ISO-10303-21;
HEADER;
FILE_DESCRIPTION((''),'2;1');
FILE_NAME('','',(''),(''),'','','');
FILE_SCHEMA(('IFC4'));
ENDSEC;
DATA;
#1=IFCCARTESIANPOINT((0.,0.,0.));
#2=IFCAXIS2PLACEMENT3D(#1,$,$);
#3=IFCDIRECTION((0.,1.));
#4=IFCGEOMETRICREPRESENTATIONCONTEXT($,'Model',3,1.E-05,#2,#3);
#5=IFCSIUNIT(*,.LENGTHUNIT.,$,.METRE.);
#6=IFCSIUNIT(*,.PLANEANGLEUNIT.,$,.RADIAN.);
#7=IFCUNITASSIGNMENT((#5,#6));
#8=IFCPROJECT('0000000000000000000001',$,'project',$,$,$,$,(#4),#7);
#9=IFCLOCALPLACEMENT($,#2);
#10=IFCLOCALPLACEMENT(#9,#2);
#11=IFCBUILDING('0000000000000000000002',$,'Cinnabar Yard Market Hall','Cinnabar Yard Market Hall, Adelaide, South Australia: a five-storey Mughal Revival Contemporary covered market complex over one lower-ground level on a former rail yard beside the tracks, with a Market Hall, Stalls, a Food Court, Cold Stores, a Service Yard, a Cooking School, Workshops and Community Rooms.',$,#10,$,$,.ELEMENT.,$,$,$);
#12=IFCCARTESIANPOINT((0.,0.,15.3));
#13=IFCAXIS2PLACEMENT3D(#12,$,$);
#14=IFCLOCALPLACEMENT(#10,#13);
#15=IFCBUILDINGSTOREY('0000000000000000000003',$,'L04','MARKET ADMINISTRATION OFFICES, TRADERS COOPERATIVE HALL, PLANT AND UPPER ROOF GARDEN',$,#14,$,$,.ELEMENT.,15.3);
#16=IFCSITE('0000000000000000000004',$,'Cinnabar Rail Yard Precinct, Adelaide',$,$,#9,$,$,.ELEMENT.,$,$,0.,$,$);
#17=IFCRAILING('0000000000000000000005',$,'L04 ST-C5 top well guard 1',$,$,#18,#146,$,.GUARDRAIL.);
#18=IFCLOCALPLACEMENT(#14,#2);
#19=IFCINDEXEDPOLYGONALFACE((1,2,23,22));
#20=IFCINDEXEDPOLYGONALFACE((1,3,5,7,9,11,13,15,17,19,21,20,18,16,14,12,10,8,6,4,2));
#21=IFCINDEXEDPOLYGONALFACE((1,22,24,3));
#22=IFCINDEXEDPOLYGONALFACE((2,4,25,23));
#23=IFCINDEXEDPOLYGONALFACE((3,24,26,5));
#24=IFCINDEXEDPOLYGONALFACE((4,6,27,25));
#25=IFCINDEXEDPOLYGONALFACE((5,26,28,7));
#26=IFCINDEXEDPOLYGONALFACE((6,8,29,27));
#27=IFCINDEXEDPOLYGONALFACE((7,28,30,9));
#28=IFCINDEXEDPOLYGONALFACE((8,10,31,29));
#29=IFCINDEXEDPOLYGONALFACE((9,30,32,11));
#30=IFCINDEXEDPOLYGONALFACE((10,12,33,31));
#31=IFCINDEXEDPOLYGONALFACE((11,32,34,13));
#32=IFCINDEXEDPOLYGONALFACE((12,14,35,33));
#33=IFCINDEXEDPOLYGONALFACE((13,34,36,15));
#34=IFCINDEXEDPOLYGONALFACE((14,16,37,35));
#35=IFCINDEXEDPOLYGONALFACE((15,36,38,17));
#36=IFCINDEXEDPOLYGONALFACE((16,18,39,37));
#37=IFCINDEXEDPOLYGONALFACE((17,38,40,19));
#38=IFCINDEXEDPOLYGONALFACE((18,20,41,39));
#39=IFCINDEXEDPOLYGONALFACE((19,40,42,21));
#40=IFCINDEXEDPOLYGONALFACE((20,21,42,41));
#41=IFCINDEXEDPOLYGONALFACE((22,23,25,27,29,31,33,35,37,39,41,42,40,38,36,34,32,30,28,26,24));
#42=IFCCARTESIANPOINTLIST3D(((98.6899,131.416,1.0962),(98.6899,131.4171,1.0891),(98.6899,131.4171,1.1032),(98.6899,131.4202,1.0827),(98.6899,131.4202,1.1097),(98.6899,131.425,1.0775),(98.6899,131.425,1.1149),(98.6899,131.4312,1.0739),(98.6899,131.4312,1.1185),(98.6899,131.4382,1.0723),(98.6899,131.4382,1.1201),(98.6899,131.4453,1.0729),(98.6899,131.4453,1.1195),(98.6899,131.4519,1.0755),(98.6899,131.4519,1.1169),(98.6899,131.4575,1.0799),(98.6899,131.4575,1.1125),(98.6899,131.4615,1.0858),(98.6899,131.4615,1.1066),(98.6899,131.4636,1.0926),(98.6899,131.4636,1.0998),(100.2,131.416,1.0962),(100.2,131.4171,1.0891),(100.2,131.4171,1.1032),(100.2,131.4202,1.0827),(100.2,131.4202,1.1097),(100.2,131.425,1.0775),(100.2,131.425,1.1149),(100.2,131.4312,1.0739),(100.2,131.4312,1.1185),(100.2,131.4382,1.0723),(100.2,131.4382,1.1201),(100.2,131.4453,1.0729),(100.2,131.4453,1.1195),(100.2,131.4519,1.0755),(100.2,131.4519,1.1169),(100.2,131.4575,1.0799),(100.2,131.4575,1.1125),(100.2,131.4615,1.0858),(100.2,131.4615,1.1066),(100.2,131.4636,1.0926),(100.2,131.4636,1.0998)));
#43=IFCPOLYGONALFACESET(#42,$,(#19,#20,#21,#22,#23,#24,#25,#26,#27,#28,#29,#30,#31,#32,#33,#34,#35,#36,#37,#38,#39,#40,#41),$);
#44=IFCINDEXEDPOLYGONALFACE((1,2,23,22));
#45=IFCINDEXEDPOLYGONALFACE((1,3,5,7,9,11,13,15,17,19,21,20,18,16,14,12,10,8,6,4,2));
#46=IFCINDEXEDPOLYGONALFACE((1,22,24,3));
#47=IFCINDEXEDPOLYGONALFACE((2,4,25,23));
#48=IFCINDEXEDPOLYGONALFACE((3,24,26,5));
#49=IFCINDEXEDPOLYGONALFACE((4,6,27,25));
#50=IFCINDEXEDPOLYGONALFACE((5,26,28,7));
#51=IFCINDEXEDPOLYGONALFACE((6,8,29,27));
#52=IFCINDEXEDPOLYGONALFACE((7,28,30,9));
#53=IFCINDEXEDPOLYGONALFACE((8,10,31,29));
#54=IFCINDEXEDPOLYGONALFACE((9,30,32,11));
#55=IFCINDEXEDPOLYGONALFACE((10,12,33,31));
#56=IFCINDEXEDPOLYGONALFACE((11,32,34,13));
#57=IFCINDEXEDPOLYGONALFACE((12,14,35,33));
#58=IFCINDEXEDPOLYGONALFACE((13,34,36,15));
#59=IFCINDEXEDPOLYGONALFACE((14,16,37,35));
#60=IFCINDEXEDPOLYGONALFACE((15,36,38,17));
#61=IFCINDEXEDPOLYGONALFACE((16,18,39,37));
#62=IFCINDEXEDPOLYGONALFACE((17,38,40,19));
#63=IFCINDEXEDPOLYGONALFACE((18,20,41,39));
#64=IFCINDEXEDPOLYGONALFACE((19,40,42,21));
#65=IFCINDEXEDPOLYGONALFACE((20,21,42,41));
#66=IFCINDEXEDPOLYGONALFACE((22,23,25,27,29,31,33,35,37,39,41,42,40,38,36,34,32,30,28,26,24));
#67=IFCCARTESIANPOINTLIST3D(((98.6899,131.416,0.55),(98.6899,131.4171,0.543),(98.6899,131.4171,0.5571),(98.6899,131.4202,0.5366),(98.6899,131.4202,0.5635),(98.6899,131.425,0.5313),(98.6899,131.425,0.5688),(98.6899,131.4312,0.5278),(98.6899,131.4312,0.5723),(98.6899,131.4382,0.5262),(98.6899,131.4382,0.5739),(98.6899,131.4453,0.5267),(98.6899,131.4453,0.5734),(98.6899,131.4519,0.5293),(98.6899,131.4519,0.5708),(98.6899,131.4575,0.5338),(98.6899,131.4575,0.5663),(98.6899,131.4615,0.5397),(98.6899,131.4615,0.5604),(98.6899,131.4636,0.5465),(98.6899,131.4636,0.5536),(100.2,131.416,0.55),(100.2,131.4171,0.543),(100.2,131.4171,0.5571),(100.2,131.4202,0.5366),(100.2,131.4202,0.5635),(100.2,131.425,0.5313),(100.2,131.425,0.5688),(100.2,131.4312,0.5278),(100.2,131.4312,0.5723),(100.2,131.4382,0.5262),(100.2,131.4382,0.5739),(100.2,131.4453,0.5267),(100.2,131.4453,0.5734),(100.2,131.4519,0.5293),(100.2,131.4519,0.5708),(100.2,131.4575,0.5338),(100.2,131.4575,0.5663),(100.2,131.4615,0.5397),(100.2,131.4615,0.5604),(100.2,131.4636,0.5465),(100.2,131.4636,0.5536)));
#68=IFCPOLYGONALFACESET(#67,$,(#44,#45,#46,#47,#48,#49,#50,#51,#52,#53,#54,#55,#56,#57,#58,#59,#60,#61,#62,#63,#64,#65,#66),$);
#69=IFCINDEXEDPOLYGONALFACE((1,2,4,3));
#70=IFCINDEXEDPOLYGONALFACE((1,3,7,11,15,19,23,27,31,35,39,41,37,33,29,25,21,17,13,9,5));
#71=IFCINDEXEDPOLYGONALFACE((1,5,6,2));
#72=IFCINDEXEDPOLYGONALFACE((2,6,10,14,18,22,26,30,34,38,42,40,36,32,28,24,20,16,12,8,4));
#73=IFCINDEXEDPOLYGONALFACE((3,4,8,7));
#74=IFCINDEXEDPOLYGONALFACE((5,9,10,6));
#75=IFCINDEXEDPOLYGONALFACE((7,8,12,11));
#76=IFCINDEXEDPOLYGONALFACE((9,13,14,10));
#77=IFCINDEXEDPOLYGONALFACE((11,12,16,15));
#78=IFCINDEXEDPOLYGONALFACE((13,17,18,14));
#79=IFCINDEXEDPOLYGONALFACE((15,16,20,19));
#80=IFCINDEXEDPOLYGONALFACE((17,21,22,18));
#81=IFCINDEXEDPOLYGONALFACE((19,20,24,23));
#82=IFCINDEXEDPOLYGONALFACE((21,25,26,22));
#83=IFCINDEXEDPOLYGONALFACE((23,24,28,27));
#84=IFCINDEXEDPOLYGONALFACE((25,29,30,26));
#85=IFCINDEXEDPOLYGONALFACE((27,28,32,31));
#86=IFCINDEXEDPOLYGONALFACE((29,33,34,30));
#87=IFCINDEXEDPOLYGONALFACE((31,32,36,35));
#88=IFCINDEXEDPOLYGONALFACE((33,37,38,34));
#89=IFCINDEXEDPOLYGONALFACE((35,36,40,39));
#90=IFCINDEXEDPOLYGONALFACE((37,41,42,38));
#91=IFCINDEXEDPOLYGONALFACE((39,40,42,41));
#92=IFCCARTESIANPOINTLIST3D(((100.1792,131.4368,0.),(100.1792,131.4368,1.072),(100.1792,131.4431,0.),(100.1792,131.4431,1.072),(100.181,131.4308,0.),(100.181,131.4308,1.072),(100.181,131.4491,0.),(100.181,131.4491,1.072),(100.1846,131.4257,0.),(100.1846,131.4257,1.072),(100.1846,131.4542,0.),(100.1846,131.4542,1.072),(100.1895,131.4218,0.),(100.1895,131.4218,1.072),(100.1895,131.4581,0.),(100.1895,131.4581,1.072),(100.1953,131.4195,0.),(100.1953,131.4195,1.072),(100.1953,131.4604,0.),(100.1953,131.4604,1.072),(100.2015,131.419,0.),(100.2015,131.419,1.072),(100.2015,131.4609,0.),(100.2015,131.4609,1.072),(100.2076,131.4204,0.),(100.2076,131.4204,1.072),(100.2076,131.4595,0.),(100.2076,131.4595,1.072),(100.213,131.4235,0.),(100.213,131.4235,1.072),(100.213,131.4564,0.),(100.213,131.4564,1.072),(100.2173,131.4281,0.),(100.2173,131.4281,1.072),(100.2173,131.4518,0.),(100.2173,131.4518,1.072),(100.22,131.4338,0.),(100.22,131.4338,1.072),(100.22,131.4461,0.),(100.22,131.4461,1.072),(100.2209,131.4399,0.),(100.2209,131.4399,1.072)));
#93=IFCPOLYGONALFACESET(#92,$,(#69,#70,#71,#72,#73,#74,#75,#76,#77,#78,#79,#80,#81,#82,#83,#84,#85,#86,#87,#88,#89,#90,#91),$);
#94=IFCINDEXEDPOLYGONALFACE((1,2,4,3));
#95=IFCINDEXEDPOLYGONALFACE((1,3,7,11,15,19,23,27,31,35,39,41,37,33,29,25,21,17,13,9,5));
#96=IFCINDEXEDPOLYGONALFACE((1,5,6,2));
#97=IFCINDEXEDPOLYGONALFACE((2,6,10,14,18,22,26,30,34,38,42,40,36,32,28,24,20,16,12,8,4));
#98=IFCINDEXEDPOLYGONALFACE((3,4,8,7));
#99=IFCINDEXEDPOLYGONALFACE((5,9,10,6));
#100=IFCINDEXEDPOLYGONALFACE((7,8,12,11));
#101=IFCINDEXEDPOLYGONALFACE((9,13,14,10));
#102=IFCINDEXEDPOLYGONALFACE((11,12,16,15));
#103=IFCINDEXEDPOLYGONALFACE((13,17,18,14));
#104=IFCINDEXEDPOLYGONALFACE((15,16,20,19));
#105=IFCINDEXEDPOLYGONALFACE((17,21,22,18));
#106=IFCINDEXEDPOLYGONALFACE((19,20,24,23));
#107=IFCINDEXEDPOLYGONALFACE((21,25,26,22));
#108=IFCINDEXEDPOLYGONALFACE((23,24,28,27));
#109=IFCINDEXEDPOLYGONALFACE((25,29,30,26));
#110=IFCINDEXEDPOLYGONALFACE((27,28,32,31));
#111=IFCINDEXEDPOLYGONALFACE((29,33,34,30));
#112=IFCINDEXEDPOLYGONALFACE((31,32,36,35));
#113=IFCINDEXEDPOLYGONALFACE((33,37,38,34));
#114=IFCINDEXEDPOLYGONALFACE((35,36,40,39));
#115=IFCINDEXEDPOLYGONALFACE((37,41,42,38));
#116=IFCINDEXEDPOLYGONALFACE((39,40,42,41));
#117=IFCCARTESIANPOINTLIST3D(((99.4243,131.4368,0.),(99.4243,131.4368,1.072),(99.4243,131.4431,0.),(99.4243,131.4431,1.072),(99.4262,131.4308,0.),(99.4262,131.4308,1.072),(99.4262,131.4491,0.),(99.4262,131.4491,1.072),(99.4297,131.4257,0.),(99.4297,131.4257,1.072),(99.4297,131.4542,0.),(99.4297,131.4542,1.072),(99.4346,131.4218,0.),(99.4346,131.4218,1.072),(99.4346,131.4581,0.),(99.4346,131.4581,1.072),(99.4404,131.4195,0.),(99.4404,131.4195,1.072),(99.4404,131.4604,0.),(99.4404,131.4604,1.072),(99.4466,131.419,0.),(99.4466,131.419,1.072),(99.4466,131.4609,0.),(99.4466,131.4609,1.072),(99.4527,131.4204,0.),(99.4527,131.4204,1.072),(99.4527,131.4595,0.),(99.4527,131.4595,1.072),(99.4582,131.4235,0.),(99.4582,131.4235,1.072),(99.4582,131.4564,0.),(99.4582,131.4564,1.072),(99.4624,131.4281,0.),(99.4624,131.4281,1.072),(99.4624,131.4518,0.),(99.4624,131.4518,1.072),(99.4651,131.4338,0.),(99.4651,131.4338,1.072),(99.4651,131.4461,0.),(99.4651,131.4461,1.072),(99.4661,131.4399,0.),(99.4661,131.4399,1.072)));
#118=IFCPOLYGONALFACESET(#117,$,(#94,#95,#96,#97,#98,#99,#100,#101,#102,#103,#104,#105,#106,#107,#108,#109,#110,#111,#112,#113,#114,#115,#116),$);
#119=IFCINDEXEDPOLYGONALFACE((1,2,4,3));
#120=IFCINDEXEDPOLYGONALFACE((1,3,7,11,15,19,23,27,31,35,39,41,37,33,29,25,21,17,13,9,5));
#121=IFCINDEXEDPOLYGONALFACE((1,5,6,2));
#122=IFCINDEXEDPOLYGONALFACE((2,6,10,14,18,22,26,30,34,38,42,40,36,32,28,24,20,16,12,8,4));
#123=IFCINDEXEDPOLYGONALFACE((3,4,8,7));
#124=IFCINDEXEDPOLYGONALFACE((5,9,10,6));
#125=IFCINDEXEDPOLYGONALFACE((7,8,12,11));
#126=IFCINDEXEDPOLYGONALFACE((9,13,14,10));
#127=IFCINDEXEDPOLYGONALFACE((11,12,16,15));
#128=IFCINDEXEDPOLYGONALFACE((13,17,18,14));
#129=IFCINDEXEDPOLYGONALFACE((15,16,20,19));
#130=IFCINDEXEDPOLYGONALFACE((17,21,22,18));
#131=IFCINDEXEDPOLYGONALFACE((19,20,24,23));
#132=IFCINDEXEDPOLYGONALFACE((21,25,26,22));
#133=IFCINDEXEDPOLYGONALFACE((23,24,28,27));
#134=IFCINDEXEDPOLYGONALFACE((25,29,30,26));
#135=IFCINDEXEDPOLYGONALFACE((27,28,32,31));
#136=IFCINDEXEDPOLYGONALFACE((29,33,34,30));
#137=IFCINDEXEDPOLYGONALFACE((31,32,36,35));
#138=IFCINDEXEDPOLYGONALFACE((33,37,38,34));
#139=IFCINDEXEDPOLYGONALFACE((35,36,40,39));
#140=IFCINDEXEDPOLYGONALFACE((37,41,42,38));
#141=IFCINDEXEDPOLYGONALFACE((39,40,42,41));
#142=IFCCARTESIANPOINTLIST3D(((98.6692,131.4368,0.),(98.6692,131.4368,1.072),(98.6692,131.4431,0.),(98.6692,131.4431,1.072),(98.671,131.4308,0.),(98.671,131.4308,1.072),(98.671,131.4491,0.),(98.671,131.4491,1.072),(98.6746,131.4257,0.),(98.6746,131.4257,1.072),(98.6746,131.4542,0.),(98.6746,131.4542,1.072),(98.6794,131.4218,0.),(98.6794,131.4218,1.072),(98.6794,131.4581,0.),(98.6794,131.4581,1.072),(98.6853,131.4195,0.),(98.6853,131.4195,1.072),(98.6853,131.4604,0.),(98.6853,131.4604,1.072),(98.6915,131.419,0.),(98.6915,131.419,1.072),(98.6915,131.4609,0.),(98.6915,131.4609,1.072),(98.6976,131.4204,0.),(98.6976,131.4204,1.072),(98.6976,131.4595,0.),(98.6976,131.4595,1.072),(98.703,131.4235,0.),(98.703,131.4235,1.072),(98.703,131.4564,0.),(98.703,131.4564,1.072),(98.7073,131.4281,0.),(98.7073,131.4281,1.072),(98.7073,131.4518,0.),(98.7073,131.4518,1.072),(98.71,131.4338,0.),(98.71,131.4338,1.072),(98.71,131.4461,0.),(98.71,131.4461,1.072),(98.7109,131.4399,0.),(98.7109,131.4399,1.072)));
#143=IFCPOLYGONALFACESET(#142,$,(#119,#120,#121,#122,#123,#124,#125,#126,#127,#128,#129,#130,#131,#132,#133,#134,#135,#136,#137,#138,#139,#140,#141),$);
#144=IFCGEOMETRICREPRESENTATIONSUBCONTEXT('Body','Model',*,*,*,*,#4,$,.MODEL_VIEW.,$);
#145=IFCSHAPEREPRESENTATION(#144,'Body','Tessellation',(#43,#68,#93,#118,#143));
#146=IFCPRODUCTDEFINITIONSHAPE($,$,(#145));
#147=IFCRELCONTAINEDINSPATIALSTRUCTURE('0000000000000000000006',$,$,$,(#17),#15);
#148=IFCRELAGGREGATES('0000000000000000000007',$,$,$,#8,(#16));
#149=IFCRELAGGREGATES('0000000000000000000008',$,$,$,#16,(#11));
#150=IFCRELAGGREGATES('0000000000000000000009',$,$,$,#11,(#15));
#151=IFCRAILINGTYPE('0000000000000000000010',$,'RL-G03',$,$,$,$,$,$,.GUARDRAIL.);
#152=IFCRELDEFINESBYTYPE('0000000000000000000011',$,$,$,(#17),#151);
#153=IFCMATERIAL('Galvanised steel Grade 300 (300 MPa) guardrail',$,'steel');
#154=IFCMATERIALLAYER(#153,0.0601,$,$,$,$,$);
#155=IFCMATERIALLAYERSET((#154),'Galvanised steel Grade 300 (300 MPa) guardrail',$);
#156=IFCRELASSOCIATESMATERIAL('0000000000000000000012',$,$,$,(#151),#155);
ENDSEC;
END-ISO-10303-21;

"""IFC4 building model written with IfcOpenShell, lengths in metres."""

from ifc_helpers import new_model, si_unit, direction, frame, origin, origin_2d_with_axis, place, context, subcontext, project, spatial, circle, extrude, material, layer, layer_set, type_object, element, save


model = new_model("IFC4")

# Units and contexts
model_context = context("Model", 3, precision=1e-05, world=origin(), true_north=direction((0.0, 1.0)))
body_context = subcontext(model_context, "Body", "Model", "MODEL_VIEW")
ifc_project = project(units=[si_unit("LENGTHUNIT", "METRE"), si_unit("PLANEANGLEUNIT", "RADIAN")], contexts=[model_context])

# Site, building, storey
site_placement = place(None, origin())
site = spatial("IfcSite", under=ifc_project, at=site_placement, Name="Cinnabar Rail Yard Precinct, Adelaide", CompositionType="ELEMENT", RefElevation=0.0)
building_placement = place(site_placement, origin())
building = spatial("IfcBuilding", under=site, at=building_placement, Name="Cinnabar Yard Market Hall", Description="Cinnabar Yard Market Hall, Adelaide, South Australia: a five-storey Mughal Revival Contemporary covered market complex over one lower-ground level on a former rail yard beside the tracks, with a Market Hall, Stalls, a Food Court, Cold Stores, a Service Yard, a Cooking School, Workshops and Community Rooms.", CompositionType="ELEMENT")
storey_placement = place(building_placement, frame((0.0, 0.0, 15.3)))
storey = spatial("IfcBuildingStorey", under=building, at=storey_placement, Name="L04", Description="MARKET ADMINISTRATION OFFICES, TRADERS COOPERATIVE HALL, PLANT AND UPPER ROOF GARDEN", CompositionType="ELEMENT", Elevation=15.3)

# Railing
ifc_material_1 = material(Name="Galvanised steel Grade 300 (300 MPa) guardrail", Category="steel")
ifc_layer_1 = layer(ifc_material_1, 0.0601)
ifc_layer_set_1 = layer_set([ifc_layer_1], Name="Galvanised steel Grade 300 (300 MPa) guardrail")
railing_type = type_object("IfcRailingType", Name="RL-G03", PredefinedType="GUARDRAIL", material=ifc_layer_set_1)
railing_placement = place(storey_placement, frame((100.2, 131.4399, 0.0)))
element("IfcRailing", 1, at=railing_placement, inside=storey, type_object=railing_type, Name="L04 ST-C5 top well guard 1", PredefinedType="GUARDRAIL", context=body_context, shape_type="SweptSolid", body=[
    extrude(circle(Radius=0.0239, at=origin_2d_with_axis()), frame((0.0, 0.0, 1.0962), z_axis=(-1.0, 0.0, 0.0), x_axis=(0.0, -1.0, 0.0)), (0.0, 0.0, 1.0), 1.51),
    extrude(circle(Radius=0.0239, at=origin_2d_with_axis()), frame((0.0, 0.0, 0.55), z_axis=(-1.0, 0.0, 0.0), x_axis=(0.0, -1.0, 0.0)), (0.0, 0.0, 1.0), 1.51),
    extrude(circle(Radius=0.021, at=origin_2d_with_axis()), origin(), (0.0, 0.0, 1.0), 1.072),
    extrude(circle(Radius=0.021, at=origin_2d_with_axis()), frame((-0.7549, 0.0, 0.0)), (0.0, 0.0, 1.0), 1.072),
    extrude(circle(Radius=0.021, at=origin_2d_with_axis()), frame((-1.51, 0.0, 0.0)), (0.0, 0.0, 1.0), 1.072),
])

save(model, "model.ifc")
